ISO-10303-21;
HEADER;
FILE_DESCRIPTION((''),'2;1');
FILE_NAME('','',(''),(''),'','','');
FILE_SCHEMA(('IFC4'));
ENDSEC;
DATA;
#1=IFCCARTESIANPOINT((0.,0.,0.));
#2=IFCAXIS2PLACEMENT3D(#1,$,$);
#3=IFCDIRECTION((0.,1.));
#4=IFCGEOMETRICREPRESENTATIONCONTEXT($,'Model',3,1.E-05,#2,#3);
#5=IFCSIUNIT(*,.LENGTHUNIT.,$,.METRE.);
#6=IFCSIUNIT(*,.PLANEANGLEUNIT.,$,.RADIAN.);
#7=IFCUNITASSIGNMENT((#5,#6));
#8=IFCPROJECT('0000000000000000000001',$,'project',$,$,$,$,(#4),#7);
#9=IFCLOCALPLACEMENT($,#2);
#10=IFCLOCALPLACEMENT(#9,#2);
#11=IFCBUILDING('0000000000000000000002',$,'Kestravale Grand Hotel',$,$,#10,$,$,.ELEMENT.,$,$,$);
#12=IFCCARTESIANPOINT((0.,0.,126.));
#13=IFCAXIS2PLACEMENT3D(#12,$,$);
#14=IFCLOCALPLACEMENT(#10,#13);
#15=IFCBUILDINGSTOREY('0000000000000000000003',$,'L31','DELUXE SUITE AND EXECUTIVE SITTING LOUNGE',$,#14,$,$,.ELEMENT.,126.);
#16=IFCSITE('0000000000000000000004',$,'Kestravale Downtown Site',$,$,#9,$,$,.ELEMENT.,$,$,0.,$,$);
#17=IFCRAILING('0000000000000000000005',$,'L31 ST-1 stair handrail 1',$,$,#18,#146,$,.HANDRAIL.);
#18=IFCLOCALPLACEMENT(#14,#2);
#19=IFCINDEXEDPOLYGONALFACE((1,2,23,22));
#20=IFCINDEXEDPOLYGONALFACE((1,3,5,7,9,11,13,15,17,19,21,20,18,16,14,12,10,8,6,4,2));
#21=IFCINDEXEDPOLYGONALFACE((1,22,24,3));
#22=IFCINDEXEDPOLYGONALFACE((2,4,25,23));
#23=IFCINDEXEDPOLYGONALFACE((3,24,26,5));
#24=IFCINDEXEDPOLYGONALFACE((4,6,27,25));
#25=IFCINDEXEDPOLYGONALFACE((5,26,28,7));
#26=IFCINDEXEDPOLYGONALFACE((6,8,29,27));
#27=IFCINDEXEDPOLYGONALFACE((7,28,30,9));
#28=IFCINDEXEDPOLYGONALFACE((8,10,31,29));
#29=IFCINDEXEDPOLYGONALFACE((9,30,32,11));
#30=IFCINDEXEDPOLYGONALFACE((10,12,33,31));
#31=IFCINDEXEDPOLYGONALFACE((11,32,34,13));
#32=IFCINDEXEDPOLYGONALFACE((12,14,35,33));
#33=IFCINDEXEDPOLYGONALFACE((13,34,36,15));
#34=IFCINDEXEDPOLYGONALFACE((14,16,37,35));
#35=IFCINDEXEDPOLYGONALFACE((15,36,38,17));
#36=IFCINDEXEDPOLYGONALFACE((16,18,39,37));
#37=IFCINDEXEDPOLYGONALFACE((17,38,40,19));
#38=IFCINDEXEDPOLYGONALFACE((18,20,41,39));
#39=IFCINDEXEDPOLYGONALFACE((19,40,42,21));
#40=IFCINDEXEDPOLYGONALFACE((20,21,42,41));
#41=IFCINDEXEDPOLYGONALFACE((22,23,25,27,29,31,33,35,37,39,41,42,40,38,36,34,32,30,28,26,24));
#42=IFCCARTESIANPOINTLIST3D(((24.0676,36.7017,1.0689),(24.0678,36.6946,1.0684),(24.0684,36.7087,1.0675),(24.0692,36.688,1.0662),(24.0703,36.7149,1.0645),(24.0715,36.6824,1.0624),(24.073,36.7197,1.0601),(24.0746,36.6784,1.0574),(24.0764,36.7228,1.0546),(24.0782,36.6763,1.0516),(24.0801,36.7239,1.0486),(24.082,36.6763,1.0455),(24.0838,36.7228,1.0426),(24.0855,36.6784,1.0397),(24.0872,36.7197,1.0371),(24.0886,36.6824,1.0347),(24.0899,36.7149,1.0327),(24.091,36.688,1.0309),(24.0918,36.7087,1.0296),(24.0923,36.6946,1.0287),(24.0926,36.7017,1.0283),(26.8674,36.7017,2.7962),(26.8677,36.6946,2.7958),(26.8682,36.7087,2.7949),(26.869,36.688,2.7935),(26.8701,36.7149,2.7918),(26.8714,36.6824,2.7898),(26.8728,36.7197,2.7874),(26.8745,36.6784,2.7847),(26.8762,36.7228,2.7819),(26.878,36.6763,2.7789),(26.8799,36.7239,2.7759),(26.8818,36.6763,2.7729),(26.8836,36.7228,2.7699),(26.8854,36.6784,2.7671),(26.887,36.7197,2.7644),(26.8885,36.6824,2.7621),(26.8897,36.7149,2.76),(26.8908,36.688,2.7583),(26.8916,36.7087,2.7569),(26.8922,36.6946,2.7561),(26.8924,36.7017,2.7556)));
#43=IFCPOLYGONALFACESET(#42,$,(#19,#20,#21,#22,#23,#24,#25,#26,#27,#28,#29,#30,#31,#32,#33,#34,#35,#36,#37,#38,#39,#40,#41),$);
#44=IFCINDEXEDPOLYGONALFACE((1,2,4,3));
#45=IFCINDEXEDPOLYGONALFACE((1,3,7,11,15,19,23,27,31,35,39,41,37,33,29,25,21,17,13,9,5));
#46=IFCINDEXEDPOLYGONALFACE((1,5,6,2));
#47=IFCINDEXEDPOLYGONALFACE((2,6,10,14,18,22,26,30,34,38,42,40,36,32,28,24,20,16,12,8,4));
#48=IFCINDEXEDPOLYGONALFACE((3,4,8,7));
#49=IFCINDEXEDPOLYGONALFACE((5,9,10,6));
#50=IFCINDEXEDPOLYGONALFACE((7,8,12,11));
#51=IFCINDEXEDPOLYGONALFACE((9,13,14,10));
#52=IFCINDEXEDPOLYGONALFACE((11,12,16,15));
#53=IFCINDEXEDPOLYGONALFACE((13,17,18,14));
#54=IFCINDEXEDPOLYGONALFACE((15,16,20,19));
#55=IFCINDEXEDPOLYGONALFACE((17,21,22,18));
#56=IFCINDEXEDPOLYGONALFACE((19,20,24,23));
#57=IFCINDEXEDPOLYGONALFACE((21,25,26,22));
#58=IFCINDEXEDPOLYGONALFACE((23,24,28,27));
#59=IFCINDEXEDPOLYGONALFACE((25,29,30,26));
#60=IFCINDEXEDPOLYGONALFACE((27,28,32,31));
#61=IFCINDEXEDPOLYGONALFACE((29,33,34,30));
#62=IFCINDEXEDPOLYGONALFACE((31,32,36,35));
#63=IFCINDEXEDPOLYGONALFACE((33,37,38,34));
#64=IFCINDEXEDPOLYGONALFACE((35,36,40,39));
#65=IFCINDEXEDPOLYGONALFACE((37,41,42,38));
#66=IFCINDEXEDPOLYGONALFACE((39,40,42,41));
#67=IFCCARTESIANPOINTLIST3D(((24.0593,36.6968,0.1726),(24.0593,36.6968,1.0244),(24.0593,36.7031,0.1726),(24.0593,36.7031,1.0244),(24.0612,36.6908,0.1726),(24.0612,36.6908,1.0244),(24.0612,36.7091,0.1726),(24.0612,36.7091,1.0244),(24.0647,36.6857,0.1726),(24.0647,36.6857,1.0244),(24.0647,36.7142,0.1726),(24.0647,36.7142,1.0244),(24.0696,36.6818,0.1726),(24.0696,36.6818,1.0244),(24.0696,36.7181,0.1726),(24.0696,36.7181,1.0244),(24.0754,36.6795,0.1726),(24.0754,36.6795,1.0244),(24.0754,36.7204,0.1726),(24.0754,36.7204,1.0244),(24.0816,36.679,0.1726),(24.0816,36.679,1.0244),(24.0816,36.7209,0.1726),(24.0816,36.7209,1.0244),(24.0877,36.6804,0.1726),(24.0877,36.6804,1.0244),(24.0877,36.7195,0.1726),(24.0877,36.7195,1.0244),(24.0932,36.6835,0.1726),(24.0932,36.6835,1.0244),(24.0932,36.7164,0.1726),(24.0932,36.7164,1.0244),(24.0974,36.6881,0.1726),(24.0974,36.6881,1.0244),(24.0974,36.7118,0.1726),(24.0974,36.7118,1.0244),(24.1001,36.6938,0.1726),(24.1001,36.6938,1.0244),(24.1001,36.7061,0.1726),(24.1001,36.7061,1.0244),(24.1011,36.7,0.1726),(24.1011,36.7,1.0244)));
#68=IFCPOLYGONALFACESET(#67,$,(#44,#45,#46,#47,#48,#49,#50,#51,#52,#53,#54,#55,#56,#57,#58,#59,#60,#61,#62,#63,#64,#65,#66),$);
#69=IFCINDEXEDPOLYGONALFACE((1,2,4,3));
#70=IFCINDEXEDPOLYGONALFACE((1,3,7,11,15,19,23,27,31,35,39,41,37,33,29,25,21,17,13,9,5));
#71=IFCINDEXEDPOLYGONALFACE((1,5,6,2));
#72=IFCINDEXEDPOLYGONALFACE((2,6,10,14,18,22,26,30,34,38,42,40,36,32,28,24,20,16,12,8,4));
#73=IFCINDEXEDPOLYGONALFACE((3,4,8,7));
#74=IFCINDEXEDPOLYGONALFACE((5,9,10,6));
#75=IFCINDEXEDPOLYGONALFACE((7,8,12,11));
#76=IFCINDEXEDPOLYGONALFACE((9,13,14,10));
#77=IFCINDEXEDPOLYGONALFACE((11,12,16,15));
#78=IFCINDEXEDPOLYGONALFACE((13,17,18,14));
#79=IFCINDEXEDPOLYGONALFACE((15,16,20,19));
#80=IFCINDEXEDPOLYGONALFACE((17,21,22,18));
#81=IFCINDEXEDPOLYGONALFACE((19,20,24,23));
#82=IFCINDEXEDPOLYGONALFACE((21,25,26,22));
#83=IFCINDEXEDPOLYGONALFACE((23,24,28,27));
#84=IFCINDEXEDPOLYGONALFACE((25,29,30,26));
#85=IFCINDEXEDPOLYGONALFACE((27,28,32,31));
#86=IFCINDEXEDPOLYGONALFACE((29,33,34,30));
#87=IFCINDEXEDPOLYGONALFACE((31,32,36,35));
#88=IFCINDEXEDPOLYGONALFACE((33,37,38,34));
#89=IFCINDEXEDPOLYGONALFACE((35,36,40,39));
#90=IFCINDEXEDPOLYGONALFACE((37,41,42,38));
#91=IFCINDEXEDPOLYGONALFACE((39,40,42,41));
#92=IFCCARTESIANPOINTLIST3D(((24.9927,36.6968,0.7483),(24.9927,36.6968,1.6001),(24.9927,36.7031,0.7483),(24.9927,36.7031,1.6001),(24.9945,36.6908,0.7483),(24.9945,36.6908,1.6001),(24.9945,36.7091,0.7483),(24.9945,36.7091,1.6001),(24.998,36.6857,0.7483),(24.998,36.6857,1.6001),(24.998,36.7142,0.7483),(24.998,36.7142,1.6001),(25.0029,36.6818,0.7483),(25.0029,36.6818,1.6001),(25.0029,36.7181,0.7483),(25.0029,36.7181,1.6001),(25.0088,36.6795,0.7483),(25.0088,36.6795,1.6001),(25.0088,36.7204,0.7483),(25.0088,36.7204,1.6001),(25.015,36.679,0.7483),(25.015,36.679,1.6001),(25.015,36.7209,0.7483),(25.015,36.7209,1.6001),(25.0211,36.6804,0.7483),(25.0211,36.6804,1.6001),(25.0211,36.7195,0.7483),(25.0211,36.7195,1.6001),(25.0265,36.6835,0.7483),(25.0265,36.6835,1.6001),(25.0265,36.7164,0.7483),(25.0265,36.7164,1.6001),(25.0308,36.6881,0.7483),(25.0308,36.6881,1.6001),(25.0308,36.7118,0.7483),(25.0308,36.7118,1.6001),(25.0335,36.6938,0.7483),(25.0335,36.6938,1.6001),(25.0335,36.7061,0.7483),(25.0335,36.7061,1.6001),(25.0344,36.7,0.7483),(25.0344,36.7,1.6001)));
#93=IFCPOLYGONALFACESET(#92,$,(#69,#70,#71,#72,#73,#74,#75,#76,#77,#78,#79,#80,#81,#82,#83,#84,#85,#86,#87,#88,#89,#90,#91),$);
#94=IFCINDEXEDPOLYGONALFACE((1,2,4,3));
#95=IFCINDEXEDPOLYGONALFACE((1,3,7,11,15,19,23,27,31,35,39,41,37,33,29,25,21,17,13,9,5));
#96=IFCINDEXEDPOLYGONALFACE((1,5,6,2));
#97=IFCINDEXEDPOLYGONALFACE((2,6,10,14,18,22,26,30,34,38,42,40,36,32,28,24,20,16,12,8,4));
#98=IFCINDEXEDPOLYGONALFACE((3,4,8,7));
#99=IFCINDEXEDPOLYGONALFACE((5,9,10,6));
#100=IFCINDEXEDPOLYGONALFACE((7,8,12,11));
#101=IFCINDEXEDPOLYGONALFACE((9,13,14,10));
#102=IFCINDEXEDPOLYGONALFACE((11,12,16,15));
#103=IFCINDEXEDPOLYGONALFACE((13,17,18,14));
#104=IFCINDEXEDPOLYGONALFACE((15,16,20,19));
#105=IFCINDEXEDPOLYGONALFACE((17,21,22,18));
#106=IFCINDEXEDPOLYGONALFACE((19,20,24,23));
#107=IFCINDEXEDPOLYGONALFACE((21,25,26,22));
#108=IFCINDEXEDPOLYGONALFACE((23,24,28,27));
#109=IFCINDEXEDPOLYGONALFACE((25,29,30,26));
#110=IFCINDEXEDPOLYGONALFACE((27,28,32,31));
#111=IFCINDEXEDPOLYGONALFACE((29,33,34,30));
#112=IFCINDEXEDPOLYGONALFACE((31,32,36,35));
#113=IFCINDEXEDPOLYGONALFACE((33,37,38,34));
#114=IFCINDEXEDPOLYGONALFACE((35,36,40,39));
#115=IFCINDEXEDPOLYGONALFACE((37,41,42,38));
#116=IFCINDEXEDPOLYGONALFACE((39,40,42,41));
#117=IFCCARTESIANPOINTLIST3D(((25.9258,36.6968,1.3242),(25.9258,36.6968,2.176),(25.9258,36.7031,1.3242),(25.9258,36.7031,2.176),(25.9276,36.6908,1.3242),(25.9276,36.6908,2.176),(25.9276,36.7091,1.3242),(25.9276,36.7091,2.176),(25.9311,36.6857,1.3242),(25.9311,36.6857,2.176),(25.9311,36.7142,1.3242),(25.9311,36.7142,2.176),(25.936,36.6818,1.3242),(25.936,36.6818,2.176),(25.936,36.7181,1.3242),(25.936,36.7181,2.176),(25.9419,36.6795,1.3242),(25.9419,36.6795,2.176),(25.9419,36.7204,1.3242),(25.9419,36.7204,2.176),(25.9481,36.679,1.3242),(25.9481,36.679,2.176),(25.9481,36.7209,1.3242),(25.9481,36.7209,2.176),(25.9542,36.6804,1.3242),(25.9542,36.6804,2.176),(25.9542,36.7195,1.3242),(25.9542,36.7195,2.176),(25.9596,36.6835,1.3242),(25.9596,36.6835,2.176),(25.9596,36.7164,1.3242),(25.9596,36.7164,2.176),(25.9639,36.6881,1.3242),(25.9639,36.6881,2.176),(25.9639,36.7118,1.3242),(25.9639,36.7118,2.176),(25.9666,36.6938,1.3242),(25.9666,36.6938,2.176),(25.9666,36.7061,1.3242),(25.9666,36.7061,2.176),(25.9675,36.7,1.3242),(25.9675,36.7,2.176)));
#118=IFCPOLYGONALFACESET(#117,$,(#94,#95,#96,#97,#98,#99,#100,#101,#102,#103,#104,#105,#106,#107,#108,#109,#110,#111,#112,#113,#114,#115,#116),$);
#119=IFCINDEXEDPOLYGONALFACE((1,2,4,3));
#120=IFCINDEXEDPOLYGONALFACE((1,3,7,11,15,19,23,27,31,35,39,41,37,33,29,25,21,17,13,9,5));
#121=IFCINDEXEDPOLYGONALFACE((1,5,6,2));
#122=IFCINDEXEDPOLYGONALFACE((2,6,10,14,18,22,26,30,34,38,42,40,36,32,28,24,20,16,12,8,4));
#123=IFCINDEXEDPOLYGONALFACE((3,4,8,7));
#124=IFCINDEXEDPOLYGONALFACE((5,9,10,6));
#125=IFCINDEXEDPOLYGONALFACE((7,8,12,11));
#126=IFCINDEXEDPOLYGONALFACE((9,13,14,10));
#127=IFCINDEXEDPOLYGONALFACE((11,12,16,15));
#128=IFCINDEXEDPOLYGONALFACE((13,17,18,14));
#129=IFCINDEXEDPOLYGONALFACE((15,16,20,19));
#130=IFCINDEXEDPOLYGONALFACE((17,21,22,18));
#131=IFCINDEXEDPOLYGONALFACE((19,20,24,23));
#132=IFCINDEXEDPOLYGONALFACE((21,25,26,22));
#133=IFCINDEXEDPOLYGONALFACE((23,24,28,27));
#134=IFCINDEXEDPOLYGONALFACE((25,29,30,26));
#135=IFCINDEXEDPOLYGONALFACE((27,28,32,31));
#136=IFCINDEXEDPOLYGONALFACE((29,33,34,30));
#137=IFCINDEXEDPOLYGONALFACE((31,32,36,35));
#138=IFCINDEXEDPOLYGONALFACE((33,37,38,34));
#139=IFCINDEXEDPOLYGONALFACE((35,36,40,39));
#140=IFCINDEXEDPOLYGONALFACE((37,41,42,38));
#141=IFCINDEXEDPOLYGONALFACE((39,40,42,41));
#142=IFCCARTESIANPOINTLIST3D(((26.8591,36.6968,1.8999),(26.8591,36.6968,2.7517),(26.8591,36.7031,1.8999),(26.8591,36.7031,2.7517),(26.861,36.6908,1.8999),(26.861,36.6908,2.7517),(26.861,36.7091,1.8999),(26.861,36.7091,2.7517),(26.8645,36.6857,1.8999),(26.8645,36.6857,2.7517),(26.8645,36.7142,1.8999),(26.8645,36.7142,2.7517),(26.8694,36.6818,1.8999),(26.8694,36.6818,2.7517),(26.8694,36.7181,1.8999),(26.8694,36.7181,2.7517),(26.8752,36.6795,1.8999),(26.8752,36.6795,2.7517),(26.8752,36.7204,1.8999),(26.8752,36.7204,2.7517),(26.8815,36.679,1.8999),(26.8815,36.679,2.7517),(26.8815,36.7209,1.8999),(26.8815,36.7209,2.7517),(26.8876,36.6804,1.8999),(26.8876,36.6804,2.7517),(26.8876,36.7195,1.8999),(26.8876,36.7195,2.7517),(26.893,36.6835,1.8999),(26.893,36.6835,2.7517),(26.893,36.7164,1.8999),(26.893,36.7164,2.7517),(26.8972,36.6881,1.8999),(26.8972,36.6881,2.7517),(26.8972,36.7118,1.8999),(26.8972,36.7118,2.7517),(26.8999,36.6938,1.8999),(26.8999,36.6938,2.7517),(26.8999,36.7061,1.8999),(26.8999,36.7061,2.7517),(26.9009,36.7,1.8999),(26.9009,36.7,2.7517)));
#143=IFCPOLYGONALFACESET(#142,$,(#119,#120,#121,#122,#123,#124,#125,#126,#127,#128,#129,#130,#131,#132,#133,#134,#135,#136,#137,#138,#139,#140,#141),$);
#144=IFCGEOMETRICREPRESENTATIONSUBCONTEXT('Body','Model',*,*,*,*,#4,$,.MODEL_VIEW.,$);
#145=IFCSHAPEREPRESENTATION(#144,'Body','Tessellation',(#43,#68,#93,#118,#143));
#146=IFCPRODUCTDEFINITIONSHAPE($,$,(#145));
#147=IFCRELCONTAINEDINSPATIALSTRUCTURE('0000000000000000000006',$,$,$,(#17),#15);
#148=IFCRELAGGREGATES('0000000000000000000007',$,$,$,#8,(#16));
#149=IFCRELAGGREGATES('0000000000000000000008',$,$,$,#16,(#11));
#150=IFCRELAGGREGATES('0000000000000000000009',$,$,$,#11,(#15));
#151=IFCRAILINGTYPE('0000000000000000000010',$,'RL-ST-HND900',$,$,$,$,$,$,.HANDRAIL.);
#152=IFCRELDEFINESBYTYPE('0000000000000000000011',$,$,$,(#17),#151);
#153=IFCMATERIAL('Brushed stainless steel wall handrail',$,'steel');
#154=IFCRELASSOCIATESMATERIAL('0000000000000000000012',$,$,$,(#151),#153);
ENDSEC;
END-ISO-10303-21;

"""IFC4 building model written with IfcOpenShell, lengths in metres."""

from ifc_helpers import new_model, si_unit, direction, frame, origin, origin_2d, place, context, subcontext, project, spatial, circle, extrude, material, type_object, element, save


model = new_model("IFC4")

# Units and contexts
model_context = context("Model", 3, precision=1e-05, world=origin(), true_north=direction((0.0, 1.0)))
body_context = subcontext(model_context, "Body", "Model", "MODEL_VIEW")
ifc_project = project(units=[si_unit("LENGTHUNIT", "METRE"), si_unit("PLANEANGLEUNIT", "RADIAN")], contexts=[model_context])

# Site, building, storey
site_placement = place(None, origin())
site = spatial("IfcSite", under=ifc_project, at=site_placement, Name="Kestravale Downtown Site", CompositionType="ELEMENT", RefElevation=0.0)
building_placement = place(site_placement, origin())
building = spatial("IfcBuilding", under=site, at=building_placement, Name="Kestravale Grand Hotel", CompositionType="ELEMENT")
storey_placement = place(building_placement, frame((0.0, 0.0, 126.0)))
storey = spatial("IfcBuildingStorey", under=building, at=storey_placement, Name="L31", Description="DELUXE SUITE AND EXECUTIVE SITTING LOUNGE", CompositionType="ELEMENT", Elevation=126.0)

# Railing
ifc_material_1 = material(Name="Brushed stainless steel wall handrail", Category="steel")
railing_type_1 = type_object("IfcRailingType", Name="RL-ST-HND900", PredefinedType="HANDRAIL", material=ifc_material_1)
railing_1_placement = place(storey_placement, frame((24.0801, 36.7, 0.1726)))
element("IfcRailing", 1, at=railing_1_placement, inside=storey, type_object=railing_type_1, Name="L31 ST-1 stair handrail 1", PredefinedType="HANDRAIL", context=body_context, shape_type="SweptSolid", body=[
    extrude(circle(Radius=0.0239, at=origin_2d()), frame((0.0, 0.0, 0.876), z_axis=(0.851069, 0.0, 0.525054), x_axis=(0.0, 1.0, 0.0)), (0.0, 0.0, 1.0), 3.2898),
    extrude(circle(Radius=0.021, at=origin_2d()), origin(), (0.0, 0.0, 1.0), 0.8518),
    extrude(circle(Radius=0.021, at=origin_2d()), frame((0.9333, 0.0, 0.5757)), (0.0, 0.0, 1.0), 0.8518),
    extrude(circle(Radius=0.021, at=origin_2d()), frame((1.8665, 0.0, 1.1516)), (0.0, 0.0, 1.0), 0.8518),
    extrude(circle(Radius=0.021, at=origin_2d()), frame((2.7998, 0.0, 1.7273)), (0.0, 0.0, 1.0), 0.8518),
])

save(model, "model.ifc")
